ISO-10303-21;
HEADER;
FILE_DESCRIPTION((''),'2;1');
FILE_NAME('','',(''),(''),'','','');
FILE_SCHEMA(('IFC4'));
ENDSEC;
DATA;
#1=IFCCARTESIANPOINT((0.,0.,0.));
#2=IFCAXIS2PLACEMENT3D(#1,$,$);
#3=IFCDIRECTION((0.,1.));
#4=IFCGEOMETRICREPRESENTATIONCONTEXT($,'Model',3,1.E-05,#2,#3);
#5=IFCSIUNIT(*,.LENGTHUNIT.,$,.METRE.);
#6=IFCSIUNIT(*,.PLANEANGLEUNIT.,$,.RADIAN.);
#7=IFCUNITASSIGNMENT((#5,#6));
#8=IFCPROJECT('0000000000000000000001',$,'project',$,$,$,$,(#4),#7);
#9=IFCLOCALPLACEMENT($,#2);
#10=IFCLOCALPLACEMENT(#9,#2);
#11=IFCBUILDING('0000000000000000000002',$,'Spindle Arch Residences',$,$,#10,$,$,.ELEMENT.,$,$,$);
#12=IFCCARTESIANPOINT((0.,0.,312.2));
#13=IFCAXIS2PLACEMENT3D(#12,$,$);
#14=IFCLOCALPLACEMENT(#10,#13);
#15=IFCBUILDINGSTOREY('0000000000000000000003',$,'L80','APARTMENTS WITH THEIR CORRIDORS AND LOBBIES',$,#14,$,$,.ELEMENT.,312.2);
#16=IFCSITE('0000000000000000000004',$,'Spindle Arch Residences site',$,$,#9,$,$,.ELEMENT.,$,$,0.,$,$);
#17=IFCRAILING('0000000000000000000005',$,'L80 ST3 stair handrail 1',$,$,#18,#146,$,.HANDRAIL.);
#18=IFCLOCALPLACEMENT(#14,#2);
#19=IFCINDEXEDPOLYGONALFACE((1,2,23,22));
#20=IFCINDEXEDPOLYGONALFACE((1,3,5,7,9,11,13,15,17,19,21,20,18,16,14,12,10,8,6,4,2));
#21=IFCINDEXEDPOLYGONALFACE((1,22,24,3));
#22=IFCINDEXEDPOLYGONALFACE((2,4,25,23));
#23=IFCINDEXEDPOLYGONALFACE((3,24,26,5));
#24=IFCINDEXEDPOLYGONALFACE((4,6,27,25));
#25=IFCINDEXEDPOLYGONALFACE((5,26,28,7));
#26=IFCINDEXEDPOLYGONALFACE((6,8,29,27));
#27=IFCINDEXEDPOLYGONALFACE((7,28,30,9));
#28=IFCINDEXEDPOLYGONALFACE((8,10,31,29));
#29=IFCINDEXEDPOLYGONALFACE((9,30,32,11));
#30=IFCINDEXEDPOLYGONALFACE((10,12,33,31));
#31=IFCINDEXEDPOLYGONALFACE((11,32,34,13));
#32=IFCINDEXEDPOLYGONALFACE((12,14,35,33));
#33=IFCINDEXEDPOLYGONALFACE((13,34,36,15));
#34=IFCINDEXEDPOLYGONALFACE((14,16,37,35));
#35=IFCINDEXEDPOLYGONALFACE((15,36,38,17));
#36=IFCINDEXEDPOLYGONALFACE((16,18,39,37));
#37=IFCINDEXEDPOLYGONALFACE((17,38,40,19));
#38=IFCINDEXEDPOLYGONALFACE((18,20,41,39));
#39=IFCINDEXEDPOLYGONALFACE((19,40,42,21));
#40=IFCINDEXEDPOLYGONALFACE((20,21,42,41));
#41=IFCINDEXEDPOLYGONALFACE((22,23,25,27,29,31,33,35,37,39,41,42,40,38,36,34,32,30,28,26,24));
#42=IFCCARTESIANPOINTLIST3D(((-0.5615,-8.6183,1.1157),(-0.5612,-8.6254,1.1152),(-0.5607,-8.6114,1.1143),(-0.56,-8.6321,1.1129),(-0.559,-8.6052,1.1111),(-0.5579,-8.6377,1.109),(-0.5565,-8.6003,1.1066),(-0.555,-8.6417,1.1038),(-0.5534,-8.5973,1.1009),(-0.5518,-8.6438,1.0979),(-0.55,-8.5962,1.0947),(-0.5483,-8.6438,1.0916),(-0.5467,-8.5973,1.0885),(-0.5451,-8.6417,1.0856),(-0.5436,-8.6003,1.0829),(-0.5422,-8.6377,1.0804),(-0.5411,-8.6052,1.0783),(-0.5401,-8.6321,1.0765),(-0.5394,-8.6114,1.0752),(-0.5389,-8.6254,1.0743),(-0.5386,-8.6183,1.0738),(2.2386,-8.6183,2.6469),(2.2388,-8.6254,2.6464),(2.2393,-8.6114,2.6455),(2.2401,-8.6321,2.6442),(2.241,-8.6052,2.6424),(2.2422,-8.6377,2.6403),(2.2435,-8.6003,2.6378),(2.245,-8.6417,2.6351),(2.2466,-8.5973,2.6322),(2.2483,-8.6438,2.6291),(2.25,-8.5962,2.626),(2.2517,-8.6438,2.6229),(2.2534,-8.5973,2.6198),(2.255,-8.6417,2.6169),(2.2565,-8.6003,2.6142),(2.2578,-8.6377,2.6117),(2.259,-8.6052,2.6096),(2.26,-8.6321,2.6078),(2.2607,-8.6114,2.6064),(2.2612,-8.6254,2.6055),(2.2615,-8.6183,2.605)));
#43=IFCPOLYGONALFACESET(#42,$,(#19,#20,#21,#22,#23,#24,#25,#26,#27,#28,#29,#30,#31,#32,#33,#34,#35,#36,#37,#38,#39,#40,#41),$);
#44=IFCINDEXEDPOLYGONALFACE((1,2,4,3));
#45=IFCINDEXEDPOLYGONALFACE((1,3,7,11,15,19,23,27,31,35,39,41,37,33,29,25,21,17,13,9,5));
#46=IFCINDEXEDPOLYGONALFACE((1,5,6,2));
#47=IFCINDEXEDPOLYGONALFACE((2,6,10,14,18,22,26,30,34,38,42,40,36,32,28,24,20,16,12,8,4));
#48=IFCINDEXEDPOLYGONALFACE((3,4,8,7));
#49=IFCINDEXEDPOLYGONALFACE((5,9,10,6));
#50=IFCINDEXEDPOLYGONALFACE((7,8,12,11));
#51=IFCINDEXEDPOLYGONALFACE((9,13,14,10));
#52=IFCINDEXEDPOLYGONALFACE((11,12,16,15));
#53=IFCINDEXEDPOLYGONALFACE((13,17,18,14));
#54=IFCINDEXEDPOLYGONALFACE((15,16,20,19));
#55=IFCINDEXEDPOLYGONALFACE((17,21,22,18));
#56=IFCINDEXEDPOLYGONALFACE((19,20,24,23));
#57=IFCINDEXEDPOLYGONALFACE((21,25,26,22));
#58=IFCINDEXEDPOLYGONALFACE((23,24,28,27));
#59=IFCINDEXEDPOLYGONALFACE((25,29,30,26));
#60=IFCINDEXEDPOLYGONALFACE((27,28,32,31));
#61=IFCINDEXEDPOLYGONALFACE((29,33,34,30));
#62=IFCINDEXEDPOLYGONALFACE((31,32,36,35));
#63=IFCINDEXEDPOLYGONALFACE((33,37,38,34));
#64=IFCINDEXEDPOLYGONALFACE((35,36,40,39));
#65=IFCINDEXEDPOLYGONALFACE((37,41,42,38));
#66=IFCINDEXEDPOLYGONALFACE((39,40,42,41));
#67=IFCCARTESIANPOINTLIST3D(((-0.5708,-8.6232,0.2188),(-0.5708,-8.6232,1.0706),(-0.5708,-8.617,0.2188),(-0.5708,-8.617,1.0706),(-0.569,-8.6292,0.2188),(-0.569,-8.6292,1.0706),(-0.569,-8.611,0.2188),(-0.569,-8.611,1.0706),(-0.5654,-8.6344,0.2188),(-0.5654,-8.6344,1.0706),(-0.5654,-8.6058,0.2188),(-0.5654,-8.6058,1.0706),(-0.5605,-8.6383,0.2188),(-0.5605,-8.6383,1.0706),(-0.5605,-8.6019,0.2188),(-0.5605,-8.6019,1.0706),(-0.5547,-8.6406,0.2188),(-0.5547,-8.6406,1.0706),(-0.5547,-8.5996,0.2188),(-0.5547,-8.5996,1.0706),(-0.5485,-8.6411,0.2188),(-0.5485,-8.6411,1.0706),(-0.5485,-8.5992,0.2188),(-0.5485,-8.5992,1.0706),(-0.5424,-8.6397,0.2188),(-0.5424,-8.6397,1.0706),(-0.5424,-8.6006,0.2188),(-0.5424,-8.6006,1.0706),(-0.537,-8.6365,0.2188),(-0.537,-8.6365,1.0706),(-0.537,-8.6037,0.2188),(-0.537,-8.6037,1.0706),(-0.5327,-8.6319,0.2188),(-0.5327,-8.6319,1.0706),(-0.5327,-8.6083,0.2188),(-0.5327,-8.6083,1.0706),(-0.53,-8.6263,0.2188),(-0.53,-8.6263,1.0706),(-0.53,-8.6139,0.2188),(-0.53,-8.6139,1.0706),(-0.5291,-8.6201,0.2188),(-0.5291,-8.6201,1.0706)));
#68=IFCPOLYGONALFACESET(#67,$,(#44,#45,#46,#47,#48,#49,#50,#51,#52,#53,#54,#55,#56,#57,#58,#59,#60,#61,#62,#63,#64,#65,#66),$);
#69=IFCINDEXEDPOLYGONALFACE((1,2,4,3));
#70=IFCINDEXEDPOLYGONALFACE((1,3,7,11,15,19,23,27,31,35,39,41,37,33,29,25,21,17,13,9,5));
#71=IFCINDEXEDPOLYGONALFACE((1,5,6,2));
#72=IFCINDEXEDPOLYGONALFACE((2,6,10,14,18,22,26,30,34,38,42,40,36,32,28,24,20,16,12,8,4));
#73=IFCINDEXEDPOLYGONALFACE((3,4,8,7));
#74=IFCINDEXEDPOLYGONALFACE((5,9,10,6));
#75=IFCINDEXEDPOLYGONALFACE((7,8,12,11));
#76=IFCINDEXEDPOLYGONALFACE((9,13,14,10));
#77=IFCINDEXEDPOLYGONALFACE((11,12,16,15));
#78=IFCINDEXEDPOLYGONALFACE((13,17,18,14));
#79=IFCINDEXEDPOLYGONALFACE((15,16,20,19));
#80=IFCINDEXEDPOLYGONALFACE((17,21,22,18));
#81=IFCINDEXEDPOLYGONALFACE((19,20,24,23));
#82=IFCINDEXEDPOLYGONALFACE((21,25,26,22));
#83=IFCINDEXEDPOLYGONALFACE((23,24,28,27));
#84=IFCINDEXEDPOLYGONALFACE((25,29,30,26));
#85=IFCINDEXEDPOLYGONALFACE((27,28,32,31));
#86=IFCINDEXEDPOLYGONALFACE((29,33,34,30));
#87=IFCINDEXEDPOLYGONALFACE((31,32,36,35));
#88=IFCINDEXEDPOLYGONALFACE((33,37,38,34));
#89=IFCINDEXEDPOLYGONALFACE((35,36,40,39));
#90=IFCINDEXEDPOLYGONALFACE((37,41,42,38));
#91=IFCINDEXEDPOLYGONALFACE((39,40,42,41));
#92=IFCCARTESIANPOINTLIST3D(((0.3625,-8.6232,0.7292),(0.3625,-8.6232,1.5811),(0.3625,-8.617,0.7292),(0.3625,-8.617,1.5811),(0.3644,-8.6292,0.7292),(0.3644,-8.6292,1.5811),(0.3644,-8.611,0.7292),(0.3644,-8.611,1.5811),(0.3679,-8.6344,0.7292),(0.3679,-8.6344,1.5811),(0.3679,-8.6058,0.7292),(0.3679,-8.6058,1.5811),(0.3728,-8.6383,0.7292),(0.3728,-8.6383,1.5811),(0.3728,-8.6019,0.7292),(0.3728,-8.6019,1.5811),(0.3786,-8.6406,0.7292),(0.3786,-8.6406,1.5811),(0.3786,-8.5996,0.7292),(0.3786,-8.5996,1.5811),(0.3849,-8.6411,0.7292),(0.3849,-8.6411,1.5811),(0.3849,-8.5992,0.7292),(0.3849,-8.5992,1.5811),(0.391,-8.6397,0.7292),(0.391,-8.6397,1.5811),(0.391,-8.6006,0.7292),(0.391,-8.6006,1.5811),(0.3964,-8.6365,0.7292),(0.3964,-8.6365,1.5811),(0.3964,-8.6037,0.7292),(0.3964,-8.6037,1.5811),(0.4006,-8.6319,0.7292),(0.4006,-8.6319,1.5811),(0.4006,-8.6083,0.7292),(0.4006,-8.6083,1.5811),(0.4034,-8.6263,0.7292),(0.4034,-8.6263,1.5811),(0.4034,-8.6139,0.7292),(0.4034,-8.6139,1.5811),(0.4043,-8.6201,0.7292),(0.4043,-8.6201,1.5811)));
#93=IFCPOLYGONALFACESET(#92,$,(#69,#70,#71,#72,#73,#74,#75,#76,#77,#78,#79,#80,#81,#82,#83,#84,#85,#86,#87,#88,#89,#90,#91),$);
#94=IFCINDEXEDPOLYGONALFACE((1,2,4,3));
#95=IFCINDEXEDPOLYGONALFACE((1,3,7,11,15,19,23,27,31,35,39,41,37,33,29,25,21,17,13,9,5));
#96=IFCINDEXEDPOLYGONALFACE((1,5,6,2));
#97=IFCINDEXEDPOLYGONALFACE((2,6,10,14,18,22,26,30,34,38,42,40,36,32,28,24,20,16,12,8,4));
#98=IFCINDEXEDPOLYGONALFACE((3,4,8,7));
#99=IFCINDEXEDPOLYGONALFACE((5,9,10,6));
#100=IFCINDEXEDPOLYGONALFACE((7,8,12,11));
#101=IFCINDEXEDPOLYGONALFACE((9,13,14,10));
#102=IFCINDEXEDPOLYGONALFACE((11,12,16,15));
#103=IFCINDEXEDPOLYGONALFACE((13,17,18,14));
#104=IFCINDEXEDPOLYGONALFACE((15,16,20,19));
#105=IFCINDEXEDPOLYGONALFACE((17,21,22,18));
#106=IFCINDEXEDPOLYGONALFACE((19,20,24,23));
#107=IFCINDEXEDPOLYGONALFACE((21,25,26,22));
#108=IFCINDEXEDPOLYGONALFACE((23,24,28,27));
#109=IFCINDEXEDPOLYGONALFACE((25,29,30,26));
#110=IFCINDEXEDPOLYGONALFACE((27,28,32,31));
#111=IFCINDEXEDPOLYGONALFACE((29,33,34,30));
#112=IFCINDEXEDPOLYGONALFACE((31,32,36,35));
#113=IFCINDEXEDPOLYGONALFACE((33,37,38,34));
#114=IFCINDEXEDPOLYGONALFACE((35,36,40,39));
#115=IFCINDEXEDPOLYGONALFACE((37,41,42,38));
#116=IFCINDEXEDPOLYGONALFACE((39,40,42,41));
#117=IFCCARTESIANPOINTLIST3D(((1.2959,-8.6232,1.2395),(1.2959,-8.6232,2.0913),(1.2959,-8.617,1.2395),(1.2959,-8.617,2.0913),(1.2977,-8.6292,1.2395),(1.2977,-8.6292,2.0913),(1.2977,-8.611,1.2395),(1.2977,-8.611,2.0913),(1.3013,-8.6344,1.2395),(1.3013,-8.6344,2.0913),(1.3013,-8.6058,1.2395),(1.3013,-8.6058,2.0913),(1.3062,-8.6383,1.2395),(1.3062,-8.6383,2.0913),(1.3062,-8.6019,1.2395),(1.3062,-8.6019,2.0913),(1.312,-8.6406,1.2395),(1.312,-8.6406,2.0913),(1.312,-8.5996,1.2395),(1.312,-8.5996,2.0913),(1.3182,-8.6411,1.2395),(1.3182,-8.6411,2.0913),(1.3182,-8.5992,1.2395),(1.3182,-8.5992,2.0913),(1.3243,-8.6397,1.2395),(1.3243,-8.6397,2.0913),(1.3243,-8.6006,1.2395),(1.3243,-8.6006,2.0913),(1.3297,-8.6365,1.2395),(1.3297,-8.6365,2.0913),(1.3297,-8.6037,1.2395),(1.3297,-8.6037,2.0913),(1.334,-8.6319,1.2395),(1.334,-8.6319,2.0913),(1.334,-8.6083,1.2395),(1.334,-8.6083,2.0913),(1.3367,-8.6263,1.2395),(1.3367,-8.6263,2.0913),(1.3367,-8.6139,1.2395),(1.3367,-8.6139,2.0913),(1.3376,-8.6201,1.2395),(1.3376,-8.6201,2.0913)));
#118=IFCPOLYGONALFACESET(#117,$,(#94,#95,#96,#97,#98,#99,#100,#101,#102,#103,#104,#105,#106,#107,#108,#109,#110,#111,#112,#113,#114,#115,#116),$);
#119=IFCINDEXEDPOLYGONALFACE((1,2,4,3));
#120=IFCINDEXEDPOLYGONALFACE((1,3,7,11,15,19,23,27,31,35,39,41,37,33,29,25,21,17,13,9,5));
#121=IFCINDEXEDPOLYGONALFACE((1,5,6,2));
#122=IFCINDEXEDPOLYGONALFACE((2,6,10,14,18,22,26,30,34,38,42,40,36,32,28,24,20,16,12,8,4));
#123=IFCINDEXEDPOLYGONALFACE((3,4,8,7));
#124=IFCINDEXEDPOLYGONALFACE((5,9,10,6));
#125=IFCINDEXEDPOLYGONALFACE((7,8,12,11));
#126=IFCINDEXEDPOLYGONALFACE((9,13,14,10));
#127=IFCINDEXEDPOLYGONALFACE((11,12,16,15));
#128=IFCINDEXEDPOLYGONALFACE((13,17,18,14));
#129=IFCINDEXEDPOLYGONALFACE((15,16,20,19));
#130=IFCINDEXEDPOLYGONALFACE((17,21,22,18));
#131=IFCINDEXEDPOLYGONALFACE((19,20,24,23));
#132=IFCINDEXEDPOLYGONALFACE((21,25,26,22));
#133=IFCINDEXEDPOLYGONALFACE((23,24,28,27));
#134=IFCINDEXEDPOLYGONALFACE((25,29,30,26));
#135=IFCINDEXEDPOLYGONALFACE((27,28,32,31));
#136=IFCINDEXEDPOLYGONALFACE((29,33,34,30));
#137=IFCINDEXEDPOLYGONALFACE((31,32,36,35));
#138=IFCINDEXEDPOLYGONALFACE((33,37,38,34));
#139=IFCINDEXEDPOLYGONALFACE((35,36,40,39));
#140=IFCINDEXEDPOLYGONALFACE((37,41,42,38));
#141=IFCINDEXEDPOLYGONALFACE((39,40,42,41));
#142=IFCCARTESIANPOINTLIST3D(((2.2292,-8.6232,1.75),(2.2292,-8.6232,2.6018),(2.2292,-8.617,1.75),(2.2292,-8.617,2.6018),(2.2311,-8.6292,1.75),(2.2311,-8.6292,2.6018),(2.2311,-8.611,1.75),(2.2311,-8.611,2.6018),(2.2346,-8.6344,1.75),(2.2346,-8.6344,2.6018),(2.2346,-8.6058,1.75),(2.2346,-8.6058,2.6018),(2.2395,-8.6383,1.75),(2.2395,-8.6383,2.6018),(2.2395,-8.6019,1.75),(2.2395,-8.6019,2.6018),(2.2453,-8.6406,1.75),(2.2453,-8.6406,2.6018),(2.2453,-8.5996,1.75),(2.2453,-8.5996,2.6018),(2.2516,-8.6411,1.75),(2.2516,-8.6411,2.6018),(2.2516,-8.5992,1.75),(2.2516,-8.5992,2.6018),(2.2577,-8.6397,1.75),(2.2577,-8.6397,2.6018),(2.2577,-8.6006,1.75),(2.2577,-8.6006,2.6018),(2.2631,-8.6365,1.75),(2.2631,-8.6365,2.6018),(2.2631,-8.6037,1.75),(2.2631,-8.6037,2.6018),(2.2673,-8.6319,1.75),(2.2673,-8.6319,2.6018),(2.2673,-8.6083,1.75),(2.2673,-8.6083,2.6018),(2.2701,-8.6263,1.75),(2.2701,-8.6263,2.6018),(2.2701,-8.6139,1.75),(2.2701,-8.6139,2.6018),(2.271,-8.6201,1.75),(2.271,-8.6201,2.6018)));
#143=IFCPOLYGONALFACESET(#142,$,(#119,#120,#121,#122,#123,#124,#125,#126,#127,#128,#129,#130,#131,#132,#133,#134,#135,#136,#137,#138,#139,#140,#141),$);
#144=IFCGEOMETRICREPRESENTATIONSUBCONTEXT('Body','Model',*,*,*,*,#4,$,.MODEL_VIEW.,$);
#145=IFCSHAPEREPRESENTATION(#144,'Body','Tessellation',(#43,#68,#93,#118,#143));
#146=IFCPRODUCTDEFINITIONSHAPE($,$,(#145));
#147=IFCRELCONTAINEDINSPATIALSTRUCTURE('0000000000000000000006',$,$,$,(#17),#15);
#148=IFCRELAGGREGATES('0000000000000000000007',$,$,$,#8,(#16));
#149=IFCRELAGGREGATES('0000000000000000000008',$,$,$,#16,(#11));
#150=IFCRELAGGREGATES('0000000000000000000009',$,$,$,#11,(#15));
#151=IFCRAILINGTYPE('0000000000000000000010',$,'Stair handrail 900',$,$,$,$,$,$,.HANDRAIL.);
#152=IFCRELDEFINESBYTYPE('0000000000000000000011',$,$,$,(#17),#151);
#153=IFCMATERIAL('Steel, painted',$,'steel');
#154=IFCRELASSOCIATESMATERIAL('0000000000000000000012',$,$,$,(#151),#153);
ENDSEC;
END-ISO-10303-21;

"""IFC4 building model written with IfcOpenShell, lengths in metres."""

from ifc_helpers import new_model, si_unit, direction, frame, origin, origin_2d, place, context, subcontext, project, spatial, circle, extrude, material, type_object, element, save


model = new_model("IFC4")

# Units and contexts
model_context = context("Model", 3, precision=1e-05, world=origin(), true_north=direction((0.0, 1.0)))
body_context = subcontext(model_context, "Body", "Model", "MODEL_VIEW")
ifc_project = project(units=[si_unit("LENGTHUNIT", "METRE"), si_unit("PLANEANGLEUNIT", "RADIAN")], contexts=[model_context])

# Site, building, storey
site_placement = place(None, origin())
site = spatial("IfcSite", under=ifc_project, at=site_placement, Name="Spindle Arch Residences site", CompositionType="ELEMENT", RefElevation=0.0)
building_placement = place(site_placement, origin())
building = spatial("IfcBuilding", under=site, at=building_placement, Name="Spindle Arch Residences", CompositionType="ELEMENT")
storey_placement = place(building_placement, frame((0.0, 0.0, 312.2)))
storey = spatial("IfcBuildingStorey", under=building, at=storey_placement, Name="L80", Description="APARTMENTS WITH THEIR CORRIDORS AND LOBBIES", CompositionType="ELEMENT", Elevation=312.2)

# Railing
ifc_material_1 = material(Name="Steel, painted", Category="steel")
railing_type = type_object("IfcRailingType", Name="Stair handrail 900", PredefinedType="HANDRAIL", material=ifc_material_1)
railing_placement = place(storey_placement, frame((-0.55, -8.6201, 0.2188)))
element("IfcRailing", 1, at=railing_placement, inside=storey, type_object=railing_type, Name="L80 ST3 stair handrail 1", PredefinedType="HANDRAIL", context=body_context, shape_type="SweptSolid", body=[
    extrude(circle(Radius=0.0239, at=origin_2d()), frame((0.0, 0.0, 0.876), z_axis=(0.877375, 0.0, 0.479806), x_axis=(0.0, 1.0, 0.0)), (0.0, 0.0, 1.0), 3.1914),
    extrude(circle(Radius=0.021, at=origin_2d()), origin(), (0.0, 0.0, 1.0), 0.8518),
    extrude(circle(Radius=0.021, at=origin_2d()), frame((0.9333, 0.0, 0.5105)), (0.0, 0.0, 1.0), 0.8518),
    extrude(circle(Radius=0.021, at=origin_2d()), frame((1.8667, 0.0, 1.0208)), (0.0, 0.0, 1.0), 0.8518),
    extrude(circle(Radius=0.021, at=origin_2d()), frame((2.8, 0.0, 1.5312)), (0.0, 0.0, 1.0), 0.8518),
])

save(model, "model.ifc")
